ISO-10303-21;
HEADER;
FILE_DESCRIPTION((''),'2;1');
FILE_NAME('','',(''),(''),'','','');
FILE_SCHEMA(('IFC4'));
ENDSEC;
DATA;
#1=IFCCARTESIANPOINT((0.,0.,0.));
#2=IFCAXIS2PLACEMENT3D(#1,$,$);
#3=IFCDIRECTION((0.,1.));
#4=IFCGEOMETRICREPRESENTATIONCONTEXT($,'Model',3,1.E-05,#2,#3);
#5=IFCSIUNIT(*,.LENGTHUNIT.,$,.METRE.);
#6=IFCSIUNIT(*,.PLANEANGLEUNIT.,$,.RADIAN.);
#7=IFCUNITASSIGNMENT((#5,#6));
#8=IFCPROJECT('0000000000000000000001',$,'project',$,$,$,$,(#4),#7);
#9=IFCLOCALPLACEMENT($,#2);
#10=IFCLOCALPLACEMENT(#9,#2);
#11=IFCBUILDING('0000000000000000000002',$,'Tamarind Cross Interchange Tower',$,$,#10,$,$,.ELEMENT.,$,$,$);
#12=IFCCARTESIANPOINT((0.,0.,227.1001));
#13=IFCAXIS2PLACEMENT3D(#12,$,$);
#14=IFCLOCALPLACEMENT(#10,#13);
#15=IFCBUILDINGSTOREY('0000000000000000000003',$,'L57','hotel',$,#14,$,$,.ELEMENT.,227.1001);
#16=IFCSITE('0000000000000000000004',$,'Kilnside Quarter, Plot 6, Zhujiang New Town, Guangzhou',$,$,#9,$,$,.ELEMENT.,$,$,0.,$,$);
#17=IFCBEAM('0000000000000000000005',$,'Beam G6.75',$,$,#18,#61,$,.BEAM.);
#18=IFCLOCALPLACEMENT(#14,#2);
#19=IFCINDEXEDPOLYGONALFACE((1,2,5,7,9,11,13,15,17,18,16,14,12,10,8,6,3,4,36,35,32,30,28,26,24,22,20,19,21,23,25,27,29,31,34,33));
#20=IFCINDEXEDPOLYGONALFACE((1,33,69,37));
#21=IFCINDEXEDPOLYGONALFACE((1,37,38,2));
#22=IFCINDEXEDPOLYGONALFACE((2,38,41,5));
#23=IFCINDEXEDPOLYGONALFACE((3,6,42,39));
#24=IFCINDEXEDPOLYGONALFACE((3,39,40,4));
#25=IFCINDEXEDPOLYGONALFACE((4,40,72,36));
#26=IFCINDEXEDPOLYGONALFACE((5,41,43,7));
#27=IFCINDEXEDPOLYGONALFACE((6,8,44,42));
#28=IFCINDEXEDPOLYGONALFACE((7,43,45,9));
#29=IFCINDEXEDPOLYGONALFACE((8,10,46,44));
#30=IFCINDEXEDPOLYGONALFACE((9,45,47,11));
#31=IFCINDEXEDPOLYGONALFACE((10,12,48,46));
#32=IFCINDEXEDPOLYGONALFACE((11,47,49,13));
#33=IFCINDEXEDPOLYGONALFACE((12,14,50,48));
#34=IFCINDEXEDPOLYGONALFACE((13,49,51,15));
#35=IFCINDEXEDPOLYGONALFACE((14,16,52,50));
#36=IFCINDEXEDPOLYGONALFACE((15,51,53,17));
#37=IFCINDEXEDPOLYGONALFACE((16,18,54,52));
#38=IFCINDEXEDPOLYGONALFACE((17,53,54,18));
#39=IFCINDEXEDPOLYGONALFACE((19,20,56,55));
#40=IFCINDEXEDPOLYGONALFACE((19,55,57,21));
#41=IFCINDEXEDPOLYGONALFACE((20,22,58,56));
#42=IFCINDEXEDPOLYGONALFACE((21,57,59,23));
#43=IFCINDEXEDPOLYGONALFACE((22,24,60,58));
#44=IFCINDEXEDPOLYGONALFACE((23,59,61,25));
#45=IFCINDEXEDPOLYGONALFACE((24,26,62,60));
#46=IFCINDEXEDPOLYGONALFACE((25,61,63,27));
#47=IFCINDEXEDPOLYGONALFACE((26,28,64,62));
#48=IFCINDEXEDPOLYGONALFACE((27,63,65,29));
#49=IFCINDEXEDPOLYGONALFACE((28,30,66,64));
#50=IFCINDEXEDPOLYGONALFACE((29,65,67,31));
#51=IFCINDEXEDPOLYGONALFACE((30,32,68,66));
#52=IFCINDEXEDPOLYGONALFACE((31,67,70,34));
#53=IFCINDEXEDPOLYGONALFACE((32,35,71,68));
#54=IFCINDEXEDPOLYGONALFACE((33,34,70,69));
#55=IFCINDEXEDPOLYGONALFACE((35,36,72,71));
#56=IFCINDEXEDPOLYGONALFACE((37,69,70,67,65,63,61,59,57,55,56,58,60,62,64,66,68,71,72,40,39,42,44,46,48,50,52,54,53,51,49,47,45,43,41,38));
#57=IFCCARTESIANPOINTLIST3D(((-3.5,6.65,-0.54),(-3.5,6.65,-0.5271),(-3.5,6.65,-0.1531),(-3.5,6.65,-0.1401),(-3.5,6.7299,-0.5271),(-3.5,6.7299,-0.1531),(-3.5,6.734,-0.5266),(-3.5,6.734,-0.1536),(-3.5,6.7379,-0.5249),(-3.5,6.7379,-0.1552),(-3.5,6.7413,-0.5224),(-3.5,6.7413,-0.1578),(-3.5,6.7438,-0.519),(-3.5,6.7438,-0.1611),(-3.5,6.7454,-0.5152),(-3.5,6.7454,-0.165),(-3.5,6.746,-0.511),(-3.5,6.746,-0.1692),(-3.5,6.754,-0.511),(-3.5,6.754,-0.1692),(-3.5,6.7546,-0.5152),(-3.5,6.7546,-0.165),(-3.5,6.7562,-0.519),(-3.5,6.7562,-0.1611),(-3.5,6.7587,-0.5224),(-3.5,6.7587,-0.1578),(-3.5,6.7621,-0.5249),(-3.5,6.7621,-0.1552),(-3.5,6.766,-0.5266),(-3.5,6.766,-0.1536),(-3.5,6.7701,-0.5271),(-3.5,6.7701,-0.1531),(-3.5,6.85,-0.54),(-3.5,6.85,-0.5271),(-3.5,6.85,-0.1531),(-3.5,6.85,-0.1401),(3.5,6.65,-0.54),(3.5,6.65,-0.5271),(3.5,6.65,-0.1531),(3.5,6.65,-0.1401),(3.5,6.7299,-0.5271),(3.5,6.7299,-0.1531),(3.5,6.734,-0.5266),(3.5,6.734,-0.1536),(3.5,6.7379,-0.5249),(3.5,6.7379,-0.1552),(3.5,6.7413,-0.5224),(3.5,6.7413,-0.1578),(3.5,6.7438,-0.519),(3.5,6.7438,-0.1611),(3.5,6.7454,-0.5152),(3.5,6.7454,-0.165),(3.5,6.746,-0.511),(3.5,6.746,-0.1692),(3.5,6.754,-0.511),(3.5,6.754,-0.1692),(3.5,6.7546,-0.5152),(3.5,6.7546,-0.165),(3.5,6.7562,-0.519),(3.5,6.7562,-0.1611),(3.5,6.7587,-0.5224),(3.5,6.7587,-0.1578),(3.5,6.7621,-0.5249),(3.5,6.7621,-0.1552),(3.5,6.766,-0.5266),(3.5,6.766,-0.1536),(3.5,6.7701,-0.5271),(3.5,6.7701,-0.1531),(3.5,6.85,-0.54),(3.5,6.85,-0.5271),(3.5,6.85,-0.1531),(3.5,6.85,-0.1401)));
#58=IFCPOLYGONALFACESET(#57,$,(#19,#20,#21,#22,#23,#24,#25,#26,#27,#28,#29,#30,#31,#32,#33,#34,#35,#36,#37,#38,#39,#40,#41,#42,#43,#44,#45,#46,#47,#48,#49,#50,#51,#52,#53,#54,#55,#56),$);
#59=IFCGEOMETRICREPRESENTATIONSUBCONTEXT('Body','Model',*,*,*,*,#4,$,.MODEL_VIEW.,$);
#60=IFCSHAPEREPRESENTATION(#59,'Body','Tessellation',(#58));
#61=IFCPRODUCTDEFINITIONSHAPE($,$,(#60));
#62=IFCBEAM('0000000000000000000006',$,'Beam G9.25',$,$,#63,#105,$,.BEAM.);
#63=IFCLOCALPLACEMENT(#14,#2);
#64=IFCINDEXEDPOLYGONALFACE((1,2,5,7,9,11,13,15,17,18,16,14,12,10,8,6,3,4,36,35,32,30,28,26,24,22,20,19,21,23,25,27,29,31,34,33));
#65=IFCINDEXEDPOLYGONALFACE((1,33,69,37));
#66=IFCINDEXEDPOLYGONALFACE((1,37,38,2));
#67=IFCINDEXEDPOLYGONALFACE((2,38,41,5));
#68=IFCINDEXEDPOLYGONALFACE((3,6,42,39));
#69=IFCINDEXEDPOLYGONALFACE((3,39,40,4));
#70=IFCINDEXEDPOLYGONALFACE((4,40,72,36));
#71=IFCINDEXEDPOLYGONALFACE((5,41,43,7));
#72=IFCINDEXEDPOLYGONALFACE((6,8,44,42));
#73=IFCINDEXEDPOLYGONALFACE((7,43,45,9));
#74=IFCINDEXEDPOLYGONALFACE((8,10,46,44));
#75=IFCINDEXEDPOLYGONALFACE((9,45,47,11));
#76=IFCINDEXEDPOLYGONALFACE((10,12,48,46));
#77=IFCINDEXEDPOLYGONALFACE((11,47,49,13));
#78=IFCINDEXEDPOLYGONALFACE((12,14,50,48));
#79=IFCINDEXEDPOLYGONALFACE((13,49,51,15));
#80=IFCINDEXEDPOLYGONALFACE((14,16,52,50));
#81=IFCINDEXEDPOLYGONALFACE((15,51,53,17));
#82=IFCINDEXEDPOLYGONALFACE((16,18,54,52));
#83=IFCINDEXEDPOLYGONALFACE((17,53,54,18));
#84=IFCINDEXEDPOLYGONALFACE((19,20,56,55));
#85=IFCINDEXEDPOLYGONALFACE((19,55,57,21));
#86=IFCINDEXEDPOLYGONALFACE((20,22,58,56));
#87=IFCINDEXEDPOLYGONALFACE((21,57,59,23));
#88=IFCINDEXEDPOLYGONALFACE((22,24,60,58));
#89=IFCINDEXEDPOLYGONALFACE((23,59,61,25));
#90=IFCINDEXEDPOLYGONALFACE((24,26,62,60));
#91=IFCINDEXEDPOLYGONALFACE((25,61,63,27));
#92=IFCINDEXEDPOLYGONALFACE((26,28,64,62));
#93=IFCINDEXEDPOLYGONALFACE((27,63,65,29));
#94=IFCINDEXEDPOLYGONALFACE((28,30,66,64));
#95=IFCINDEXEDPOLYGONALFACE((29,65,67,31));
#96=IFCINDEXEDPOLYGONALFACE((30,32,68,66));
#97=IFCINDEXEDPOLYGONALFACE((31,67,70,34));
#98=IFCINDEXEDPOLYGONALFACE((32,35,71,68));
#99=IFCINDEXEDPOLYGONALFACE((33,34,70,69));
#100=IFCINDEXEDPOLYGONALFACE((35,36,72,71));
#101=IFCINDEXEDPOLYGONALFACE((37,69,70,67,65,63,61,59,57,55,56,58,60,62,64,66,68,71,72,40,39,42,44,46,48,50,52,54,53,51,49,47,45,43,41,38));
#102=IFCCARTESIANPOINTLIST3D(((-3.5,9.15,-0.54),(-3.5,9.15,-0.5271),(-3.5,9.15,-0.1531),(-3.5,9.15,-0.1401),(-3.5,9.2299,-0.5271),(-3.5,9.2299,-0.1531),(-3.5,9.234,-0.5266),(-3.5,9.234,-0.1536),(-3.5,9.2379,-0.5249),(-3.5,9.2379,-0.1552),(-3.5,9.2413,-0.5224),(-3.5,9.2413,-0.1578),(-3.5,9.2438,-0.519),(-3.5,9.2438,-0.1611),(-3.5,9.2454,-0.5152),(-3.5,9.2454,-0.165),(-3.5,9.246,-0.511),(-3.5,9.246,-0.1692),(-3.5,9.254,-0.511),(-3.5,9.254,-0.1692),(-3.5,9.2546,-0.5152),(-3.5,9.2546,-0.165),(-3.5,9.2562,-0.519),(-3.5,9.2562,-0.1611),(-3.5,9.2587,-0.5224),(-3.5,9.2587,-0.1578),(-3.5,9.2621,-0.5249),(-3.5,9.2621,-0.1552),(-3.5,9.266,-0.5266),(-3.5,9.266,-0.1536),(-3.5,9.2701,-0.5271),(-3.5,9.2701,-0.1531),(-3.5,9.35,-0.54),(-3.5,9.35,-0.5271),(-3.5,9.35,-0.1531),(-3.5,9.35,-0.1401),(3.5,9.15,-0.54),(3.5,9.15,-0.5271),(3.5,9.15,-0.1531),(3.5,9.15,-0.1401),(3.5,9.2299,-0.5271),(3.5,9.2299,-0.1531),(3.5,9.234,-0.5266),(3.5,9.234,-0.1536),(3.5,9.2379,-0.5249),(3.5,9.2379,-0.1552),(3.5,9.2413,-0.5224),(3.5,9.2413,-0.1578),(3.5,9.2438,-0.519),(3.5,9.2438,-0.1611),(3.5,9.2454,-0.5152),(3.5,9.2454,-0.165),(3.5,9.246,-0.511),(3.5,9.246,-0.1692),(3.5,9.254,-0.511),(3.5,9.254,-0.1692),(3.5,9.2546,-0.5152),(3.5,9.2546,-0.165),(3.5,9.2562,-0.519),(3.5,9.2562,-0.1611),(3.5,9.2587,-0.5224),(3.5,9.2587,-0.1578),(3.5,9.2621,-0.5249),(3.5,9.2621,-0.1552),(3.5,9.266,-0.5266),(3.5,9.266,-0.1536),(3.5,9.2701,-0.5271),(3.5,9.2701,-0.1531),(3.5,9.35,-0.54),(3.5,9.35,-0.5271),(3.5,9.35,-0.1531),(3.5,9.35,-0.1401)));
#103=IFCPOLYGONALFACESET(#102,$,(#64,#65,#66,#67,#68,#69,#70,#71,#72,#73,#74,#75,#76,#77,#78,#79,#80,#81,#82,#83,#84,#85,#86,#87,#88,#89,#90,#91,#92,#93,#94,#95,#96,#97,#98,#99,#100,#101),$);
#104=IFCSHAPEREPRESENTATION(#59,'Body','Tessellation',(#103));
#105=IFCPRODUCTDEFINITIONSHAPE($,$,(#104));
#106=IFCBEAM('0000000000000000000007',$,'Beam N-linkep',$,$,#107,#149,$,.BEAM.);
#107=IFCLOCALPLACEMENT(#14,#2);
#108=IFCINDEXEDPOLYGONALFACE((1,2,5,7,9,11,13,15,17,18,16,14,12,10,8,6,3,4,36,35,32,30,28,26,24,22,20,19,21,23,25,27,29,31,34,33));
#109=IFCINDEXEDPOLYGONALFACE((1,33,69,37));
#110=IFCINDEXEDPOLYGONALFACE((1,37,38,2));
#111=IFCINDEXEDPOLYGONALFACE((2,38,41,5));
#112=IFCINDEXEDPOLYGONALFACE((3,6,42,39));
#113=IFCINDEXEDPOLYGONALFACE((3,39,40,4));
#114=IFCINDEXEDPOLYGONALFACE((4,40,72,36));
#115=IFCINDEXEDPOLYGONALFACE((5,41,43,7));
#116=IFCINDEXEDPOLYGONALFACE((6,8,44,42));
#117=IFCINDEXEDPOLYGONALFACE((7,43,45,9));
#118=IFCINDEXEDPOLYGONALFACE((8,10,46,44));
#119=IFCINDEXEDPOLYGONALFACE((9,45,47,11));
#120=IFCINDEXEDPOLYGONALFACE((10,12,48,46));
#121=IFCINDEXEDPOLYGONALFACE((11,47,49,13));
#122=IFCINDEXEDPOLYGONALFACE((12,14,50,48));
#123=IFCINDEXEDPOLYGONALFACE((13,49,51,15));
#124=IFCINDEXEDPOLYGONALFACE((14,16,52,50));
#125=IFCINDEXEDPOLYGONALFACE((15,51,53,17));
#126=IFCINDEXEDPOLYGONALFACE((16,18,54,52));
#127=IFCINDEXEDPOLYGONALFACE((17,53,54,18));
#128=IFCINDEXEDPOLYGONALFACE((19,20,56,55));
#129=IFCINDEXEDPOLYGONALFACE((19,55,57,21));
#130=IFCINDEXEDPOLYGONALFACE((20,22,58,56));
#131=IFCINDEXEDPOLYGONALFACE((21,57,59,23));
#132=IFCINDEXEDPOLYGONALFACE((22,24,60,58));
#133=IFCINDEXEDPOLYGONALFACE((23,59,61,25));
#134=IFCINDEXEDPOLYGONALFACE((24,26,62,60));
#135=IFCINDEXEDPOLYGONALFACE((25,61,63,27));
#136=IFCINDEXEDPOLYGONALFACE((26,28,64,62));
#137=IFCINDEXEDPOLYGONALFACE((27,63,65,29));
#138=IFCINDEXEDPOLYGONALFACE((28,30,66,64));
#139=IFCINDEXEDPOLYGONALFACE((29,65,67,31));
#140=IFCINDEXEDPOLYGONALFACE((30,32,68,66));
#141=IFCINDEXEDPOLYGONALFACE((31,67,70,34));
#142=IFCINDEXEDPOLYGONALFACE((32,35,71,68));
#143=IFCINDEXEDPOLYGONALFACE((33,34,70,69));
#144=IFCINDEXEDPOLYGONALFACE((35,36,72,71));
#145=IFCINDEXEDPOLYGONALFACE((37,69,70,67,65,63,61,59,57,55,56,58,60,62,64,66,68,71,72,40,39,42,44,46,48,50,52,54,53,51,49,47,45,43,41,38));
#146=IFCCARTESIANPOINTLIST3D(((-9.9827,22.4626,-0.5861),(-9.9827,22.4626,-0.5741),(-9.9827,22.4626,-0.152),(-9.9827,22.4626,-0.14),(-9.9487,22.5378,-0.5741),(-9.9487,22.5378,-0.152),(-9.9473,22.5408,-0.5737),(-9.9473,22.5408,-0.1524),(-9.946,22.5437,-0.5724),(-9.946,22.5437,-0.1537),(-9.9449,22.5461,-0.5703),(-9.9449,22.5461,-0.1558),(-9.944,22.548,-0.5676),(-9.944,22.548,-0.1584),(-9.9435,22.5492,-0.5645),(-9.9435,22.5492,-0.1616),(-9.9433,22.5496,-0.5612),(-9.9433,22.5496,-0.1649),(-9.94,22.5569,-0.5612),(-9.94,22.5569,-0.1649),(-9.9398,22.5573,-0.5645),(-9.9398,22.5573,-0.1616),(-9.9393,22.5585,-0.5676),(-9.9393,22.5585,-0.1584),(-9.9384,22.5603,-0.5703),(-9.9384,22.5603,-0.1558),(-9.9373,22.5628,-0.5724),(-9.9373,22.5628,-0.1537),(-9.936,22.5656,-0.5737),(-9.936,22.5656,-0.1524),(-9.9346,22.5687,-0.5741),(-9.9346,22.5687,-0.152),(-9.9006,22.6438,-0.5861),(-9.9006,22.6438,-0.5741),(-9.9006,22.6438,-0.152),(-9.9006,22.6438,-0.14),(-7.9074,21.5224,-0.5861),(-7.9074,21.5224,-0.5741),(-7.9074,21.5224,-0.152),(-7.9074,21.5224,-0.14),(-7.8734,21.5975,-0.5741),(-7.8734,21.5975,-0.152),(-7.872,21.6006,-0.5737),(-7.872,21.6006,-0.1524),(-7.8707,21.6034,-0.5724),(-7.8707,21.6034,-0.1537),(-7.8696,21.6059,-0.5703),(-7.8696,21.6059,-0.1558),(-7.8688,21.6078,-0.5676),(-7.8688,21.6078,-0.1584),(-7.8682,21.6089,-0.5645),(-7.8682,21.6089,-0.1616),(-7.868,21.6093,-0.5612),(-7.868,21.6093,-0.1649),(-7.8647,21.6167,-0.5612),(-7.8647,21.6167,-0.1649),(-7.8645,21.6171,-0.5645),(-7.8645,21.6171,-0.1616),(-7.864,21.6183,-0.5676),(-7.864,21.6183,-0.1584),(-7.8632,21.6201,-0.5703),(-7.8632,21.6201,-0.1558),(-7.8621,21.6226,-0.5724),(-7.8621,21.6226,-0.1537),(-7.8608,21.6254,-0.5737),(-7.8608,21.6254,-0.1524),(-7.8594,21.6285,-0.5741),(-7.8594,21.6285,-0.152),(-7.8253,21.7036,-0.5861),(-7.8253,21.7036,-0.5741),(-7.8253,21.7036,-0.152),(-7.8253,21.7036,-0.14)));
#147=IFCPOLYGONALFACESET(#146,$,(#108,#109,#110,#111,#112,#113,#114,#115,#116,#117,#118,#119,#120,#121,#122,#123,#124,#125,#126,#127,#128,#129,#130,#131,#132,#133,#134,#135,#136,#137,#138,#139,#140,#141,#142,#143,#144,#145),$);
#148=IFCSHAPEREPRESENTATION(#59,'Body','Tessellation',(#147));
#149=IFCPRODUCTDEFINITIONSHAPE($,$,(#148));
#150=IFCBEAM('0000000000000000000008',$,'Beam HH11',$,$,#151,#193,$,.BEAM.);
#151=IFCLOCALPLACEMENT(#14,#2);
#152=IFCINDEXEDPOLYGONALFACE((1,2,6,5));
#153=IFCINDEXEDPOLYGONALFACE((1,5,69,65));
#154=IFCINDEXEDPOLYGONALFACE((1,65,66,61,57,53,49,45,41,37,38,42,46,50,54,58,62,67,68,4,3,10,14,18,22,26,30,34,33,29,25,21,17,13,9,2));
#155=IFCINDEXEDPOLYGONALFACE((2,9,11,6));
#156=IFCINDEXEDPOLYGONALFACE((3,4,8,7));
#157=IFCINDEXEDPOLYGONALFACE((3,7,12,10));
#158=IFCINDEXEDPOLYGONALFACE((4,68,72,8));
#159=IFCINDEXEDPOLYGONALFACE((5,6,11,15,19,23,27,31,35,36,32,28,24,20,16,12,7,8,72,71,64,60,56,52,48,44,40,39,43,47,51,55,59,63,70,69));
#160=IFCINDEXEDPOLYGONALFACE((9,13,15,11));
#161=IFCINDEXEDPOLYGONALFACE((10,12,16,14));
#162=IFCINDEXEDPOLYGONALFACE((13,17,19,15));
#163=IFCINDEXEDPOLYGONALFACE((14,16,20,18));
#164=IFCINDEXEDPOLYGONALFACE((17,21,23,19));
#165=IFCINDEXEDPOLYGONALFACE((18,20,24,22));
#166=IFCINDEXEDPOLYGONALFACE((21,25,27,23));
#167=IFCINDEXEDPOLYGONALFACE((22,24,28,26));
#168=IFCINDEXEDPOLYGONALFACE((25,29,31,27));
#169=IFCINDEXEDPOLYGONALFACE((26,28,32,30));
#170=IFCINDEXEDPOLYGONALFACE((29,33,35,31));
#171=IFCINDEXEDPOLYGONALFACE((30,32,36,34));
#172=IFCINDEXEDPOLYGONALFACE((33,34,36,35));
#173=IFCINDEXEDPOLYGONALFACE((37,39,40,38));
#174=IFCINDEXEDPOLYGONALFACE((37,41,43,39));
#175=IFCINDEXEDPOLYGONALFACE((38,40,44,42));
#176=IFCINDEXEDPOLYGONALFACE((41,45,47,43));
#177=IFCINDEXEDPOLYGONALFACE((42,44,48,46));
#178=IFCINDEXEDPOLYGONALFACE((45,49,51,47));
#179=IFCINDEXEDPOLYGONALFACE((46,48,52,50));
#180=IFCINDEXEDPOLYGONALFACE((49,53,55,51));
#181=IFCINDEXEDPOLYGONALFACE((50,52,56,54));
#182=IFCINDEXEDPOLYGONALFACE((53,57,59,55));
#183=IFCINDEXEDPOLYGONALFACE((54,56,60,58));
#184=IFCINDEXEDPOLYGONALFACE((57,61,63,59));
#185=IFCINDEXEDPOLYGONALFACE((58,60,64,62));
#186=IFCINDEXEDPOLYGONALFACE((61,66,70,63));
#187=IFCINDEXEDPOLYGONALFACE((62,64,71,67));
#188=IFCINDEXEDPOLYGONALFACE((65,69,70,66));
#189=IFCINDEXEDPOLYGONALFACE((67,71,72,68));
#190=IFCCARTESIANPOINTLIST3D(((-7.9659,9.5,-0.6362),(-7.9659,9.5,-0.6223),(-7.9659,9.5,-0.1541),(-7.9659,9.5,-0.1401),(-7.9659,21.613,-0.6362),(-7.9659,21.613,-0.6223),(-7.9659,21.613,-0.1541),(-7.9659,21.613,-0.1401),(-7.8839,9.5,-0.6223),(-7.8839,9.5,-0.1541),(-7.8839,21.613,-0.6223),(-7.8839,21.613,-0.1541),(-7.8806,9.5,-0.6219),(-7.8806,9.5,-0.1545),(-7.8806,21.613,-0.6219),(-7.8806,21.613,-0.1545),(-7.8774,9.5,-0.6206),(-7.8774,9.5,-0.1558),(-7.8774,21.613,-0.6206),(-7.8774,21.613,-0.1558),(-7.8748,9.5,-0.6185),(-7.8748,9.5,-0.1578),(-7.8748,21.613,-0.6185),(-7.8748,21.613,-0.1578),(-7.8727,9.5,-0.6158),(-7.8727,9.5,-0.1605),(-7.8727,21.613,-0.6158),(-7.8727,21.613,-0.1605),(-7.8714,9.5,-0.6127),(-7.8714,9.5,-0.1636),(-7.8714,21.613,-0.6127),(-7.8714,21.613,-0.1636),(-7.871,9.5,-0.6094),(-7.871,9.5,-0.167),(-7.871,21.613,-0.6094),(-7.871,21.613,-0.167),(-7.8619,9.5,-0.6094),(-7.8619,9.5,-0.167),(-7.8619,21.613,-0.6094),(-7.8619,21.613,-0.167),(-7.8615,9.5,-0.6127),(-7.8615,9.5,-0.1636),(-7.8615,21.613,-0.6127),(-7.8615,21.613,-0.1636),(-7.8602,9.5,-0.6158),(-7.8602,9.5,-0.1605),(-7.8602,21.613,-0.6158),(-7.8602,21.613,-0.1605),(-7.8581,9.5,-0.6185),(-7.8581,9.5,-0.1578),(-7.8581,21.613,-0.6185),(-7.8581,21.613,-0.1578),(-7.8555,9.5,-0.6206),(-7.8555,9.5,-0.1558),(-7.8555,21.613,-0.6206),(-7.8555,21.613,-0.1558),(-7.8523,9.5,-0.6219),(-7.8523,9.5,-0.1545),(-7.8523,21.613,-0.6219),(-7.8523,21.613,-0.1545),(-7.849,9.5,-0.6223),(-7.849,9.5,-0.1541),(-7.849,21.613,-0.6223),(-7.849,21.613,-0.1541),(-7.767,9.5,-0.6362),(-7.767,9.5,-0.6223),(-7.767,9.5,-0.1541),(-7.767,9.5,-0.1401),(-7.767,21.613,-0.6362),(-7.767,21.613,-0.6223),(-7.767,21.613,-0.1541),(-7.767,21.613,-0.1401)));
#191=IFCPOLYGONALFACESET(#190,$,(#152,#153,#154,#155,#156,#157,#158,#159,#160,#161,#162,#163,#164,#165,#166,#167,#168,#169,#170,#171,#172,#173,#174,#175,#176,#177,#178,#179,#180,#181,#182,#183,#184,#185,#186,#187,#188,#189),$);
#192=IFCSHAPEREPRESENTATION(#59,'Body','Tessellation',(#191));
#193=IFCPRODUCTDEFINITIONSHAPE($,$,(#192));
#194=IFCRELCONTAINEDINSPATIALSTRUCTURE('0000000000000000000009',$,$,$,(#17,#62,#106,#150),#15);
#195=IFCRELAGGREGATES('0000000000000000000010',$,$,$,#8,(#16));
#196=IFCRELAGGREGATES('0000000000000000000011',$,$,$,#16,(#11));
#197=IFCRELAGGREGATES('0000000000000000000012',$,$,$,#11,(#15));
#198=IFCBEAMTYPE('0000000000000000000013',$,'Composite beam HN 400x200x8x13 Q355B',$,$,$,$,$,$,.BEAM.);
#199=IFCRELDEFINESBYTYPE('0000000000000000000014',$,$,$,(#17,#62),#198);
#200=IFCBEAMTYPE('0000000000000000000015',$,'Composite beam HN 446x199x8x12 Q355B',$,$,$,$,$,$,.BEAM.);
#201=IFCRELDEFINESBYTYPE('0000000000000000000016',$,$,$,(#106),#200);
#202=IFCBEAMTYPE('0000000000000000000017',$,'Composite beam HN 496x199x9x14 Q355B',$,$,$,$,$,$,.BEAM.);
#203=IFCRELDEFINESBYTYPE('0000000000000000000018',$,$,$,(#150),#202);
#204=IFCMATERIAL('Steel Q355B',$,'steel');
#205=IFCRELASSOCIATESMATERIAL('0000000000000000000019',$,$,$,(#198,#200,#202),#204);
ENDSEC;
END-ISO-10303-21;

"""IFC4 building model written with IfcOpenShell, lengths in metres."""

from ifc_helpers import new_model, si_unit, direction, frame, origin, origin_2d, place, context, subcontext, project, spatial, i_section, extrude, material, material_profile, profile_set, type_object, element, save


model = new_model("IFC4")

# Units and contexts
model_context = context("Model", 3, precision=1e-05, world=origin(), true_north=direction((0.0, 1.0)))
body_context = subcontext(model_context, "Body", "Model", "MODEL_VIEW")
ifc_project = project(units=[si_unit("LENGTHUNIT", "METRE"), si_unit("PLANEANGLEUNIT", "RADIAN")], contexts=[model_context])

# Site, building, storey
site_placement = place(None, origin())
site = spatial("IfcSite", under=ifc_project, at=site_placement, Name="Kilnside Quarter, Plot 6, Zhujiang New Town, Guangzhou", CompositionType="ELEMENT", RefElevation=0.0)
building_placement = place(site_placement, origin())
building = spatial("IfcBuilding", under=site, at=building_placement, Name="Tamarind Cross Interchange Tower", CompositionType="ELEMENT")
storey_placement = place(building_placement, frame((0.0, 0.0, 227.1001)))
storey = spatial("IfcBuildingStorey", under=building, at=storey_placement, Name="L57", Description="hotel", CompositionType="ELEMENT", Elevation=227.1001)

# Beams
ifc_material_1 = material(Name="Steel Q355B", Category="steel")
ifc_material_profile_1 = material_profile(ifc_material_1, i_section(OverallWidth=0.2, OverallDepth=0.3999, WebThickness=0.0081, FlangeThickness=0.0129, FilletRadius=0.0161, at=origin_2d()), Name="HN 400x200x8x13")
ifc_profile_set_1 = profile_set([ifc_material_profile_1], Name="Steel Q355B")
beam_type_1 = type_object("IfcBeamType", Name="Composite beam HN 400x200x8x13 Q355B", PredefinedType="BEAM", material=ifc_profile_set_1)
for number, where, z_axis, x_axis, name in (
    (1, (-3.5, 6.75, -0.3401), (1.0, 0.0, 0.0), (0.0, 1.0, 0.0), "Beam G6.75"),
    (2, (-3.5, 9.25, -0.3401), (1.0, 0.0, 0.0), (0.0, 1.0, 0.0), "Beam G9.25"),
):
    element("IfcBeam", number, at=place(storey_placement, frame(where, z_axis=z_axis, x_axis=x_axis)), inside=storey, type_object=beam_type_1, Name=name, PredefinedType="BEAM", context=body_context, shape_type="SweptSolid", body=[
        extrude(i_section(OverallWidth=0.2, OverallDepth=0.3999, WebThickness=0.0081, FlangeThickness=0.0129, FilletRadius=0.0161, at=origin_2d()), origin(), (0.0, 0.0, 1.0), 7.0),
    ])
ifc_material_profile_2 = material_profile(ifc_material_1, i_section(OverallWidth=0.199, OverallDepth=0.446, WebThickness=0.0081, FlangeThickness=0.012, FilletRadius=0.0129, at=origin_2d()), Name="HN 446x199x8x12")
ifc_profile_set_2 = profile_set([ifc_material_profile_2], Name="Steel Q355B")
beam_type_2 = type_object("IfcBeamType", Name="Composite beam HN 446x199x8x12 Q355B", PredefinedType="BEAM", material=ifc_profile_set_2)
beam_1_placement = place(storey_placement, frame((-9.9417, 22.5532, -0.363), z_axis=(0.910876, -0.41268, 0.0), x_axis=(0.41268, 0.910876, 0.0)))
element("IfcBeam", 3, at=beam_1_placement, inside=storey, type_object=beam_type_2, Name="Beam N-linkep", PredefinedType="BEAM", context=body_context, shape_type="SweptSolid", body=[
    extrude(i_section(OverallWidth=0.199, OverallDepth=0.446, WebThickness=0.0081, FlangeThickness=0.012, FilletRadius=0.0129, at=origin_2d()), origin(), (0.0, 0.0, 1.0), 2.2783),
])
ifc_material_profile_3 = material_profile(ifc_material_1, i_section(OverallWidth=0.199, OverallDepth=0.4961, WebThickness=0.009, FlangeThickness=0.0139, FilletRadius=0.0129, at=origin_2d()), Name="HN 496x199x9x14")
ifc_profile_set_3 = profile_set([ifc_material_profile_3], Name="Steel Q355B")
beam_type_3 = type_object("IfcBeamType", Name="Composite beam HN 496x199x9x14 Q355B", PredefinedType="BEAM", material=ifc_profile_set_3)
beam_2_placement = place(storey_placement, frame((-7.8665, 21.613, -0.3882), z_axis=(0.0, -1.0, 0.0), x_axis=(1.0, 0.0, 0.0)))
element("IfcBeam", 4, at=beam_2_placement, inside=storey, type_object=beam_type_3, Name="Beam HH11", PredefinedType="BEAM", context=body_context, shape_type="SweptSolid", body=[
    extrude(i_section(OverallWidth=0.199, OverallDepth=0.4961, WebThickness=0.009, FlangeThickness=0.0139, FilletRadius=0.0129, at=origin_2d()), origin(), (0.0, 0.0, 1.0), 12.113),
])

save(model, "model.ifc")
